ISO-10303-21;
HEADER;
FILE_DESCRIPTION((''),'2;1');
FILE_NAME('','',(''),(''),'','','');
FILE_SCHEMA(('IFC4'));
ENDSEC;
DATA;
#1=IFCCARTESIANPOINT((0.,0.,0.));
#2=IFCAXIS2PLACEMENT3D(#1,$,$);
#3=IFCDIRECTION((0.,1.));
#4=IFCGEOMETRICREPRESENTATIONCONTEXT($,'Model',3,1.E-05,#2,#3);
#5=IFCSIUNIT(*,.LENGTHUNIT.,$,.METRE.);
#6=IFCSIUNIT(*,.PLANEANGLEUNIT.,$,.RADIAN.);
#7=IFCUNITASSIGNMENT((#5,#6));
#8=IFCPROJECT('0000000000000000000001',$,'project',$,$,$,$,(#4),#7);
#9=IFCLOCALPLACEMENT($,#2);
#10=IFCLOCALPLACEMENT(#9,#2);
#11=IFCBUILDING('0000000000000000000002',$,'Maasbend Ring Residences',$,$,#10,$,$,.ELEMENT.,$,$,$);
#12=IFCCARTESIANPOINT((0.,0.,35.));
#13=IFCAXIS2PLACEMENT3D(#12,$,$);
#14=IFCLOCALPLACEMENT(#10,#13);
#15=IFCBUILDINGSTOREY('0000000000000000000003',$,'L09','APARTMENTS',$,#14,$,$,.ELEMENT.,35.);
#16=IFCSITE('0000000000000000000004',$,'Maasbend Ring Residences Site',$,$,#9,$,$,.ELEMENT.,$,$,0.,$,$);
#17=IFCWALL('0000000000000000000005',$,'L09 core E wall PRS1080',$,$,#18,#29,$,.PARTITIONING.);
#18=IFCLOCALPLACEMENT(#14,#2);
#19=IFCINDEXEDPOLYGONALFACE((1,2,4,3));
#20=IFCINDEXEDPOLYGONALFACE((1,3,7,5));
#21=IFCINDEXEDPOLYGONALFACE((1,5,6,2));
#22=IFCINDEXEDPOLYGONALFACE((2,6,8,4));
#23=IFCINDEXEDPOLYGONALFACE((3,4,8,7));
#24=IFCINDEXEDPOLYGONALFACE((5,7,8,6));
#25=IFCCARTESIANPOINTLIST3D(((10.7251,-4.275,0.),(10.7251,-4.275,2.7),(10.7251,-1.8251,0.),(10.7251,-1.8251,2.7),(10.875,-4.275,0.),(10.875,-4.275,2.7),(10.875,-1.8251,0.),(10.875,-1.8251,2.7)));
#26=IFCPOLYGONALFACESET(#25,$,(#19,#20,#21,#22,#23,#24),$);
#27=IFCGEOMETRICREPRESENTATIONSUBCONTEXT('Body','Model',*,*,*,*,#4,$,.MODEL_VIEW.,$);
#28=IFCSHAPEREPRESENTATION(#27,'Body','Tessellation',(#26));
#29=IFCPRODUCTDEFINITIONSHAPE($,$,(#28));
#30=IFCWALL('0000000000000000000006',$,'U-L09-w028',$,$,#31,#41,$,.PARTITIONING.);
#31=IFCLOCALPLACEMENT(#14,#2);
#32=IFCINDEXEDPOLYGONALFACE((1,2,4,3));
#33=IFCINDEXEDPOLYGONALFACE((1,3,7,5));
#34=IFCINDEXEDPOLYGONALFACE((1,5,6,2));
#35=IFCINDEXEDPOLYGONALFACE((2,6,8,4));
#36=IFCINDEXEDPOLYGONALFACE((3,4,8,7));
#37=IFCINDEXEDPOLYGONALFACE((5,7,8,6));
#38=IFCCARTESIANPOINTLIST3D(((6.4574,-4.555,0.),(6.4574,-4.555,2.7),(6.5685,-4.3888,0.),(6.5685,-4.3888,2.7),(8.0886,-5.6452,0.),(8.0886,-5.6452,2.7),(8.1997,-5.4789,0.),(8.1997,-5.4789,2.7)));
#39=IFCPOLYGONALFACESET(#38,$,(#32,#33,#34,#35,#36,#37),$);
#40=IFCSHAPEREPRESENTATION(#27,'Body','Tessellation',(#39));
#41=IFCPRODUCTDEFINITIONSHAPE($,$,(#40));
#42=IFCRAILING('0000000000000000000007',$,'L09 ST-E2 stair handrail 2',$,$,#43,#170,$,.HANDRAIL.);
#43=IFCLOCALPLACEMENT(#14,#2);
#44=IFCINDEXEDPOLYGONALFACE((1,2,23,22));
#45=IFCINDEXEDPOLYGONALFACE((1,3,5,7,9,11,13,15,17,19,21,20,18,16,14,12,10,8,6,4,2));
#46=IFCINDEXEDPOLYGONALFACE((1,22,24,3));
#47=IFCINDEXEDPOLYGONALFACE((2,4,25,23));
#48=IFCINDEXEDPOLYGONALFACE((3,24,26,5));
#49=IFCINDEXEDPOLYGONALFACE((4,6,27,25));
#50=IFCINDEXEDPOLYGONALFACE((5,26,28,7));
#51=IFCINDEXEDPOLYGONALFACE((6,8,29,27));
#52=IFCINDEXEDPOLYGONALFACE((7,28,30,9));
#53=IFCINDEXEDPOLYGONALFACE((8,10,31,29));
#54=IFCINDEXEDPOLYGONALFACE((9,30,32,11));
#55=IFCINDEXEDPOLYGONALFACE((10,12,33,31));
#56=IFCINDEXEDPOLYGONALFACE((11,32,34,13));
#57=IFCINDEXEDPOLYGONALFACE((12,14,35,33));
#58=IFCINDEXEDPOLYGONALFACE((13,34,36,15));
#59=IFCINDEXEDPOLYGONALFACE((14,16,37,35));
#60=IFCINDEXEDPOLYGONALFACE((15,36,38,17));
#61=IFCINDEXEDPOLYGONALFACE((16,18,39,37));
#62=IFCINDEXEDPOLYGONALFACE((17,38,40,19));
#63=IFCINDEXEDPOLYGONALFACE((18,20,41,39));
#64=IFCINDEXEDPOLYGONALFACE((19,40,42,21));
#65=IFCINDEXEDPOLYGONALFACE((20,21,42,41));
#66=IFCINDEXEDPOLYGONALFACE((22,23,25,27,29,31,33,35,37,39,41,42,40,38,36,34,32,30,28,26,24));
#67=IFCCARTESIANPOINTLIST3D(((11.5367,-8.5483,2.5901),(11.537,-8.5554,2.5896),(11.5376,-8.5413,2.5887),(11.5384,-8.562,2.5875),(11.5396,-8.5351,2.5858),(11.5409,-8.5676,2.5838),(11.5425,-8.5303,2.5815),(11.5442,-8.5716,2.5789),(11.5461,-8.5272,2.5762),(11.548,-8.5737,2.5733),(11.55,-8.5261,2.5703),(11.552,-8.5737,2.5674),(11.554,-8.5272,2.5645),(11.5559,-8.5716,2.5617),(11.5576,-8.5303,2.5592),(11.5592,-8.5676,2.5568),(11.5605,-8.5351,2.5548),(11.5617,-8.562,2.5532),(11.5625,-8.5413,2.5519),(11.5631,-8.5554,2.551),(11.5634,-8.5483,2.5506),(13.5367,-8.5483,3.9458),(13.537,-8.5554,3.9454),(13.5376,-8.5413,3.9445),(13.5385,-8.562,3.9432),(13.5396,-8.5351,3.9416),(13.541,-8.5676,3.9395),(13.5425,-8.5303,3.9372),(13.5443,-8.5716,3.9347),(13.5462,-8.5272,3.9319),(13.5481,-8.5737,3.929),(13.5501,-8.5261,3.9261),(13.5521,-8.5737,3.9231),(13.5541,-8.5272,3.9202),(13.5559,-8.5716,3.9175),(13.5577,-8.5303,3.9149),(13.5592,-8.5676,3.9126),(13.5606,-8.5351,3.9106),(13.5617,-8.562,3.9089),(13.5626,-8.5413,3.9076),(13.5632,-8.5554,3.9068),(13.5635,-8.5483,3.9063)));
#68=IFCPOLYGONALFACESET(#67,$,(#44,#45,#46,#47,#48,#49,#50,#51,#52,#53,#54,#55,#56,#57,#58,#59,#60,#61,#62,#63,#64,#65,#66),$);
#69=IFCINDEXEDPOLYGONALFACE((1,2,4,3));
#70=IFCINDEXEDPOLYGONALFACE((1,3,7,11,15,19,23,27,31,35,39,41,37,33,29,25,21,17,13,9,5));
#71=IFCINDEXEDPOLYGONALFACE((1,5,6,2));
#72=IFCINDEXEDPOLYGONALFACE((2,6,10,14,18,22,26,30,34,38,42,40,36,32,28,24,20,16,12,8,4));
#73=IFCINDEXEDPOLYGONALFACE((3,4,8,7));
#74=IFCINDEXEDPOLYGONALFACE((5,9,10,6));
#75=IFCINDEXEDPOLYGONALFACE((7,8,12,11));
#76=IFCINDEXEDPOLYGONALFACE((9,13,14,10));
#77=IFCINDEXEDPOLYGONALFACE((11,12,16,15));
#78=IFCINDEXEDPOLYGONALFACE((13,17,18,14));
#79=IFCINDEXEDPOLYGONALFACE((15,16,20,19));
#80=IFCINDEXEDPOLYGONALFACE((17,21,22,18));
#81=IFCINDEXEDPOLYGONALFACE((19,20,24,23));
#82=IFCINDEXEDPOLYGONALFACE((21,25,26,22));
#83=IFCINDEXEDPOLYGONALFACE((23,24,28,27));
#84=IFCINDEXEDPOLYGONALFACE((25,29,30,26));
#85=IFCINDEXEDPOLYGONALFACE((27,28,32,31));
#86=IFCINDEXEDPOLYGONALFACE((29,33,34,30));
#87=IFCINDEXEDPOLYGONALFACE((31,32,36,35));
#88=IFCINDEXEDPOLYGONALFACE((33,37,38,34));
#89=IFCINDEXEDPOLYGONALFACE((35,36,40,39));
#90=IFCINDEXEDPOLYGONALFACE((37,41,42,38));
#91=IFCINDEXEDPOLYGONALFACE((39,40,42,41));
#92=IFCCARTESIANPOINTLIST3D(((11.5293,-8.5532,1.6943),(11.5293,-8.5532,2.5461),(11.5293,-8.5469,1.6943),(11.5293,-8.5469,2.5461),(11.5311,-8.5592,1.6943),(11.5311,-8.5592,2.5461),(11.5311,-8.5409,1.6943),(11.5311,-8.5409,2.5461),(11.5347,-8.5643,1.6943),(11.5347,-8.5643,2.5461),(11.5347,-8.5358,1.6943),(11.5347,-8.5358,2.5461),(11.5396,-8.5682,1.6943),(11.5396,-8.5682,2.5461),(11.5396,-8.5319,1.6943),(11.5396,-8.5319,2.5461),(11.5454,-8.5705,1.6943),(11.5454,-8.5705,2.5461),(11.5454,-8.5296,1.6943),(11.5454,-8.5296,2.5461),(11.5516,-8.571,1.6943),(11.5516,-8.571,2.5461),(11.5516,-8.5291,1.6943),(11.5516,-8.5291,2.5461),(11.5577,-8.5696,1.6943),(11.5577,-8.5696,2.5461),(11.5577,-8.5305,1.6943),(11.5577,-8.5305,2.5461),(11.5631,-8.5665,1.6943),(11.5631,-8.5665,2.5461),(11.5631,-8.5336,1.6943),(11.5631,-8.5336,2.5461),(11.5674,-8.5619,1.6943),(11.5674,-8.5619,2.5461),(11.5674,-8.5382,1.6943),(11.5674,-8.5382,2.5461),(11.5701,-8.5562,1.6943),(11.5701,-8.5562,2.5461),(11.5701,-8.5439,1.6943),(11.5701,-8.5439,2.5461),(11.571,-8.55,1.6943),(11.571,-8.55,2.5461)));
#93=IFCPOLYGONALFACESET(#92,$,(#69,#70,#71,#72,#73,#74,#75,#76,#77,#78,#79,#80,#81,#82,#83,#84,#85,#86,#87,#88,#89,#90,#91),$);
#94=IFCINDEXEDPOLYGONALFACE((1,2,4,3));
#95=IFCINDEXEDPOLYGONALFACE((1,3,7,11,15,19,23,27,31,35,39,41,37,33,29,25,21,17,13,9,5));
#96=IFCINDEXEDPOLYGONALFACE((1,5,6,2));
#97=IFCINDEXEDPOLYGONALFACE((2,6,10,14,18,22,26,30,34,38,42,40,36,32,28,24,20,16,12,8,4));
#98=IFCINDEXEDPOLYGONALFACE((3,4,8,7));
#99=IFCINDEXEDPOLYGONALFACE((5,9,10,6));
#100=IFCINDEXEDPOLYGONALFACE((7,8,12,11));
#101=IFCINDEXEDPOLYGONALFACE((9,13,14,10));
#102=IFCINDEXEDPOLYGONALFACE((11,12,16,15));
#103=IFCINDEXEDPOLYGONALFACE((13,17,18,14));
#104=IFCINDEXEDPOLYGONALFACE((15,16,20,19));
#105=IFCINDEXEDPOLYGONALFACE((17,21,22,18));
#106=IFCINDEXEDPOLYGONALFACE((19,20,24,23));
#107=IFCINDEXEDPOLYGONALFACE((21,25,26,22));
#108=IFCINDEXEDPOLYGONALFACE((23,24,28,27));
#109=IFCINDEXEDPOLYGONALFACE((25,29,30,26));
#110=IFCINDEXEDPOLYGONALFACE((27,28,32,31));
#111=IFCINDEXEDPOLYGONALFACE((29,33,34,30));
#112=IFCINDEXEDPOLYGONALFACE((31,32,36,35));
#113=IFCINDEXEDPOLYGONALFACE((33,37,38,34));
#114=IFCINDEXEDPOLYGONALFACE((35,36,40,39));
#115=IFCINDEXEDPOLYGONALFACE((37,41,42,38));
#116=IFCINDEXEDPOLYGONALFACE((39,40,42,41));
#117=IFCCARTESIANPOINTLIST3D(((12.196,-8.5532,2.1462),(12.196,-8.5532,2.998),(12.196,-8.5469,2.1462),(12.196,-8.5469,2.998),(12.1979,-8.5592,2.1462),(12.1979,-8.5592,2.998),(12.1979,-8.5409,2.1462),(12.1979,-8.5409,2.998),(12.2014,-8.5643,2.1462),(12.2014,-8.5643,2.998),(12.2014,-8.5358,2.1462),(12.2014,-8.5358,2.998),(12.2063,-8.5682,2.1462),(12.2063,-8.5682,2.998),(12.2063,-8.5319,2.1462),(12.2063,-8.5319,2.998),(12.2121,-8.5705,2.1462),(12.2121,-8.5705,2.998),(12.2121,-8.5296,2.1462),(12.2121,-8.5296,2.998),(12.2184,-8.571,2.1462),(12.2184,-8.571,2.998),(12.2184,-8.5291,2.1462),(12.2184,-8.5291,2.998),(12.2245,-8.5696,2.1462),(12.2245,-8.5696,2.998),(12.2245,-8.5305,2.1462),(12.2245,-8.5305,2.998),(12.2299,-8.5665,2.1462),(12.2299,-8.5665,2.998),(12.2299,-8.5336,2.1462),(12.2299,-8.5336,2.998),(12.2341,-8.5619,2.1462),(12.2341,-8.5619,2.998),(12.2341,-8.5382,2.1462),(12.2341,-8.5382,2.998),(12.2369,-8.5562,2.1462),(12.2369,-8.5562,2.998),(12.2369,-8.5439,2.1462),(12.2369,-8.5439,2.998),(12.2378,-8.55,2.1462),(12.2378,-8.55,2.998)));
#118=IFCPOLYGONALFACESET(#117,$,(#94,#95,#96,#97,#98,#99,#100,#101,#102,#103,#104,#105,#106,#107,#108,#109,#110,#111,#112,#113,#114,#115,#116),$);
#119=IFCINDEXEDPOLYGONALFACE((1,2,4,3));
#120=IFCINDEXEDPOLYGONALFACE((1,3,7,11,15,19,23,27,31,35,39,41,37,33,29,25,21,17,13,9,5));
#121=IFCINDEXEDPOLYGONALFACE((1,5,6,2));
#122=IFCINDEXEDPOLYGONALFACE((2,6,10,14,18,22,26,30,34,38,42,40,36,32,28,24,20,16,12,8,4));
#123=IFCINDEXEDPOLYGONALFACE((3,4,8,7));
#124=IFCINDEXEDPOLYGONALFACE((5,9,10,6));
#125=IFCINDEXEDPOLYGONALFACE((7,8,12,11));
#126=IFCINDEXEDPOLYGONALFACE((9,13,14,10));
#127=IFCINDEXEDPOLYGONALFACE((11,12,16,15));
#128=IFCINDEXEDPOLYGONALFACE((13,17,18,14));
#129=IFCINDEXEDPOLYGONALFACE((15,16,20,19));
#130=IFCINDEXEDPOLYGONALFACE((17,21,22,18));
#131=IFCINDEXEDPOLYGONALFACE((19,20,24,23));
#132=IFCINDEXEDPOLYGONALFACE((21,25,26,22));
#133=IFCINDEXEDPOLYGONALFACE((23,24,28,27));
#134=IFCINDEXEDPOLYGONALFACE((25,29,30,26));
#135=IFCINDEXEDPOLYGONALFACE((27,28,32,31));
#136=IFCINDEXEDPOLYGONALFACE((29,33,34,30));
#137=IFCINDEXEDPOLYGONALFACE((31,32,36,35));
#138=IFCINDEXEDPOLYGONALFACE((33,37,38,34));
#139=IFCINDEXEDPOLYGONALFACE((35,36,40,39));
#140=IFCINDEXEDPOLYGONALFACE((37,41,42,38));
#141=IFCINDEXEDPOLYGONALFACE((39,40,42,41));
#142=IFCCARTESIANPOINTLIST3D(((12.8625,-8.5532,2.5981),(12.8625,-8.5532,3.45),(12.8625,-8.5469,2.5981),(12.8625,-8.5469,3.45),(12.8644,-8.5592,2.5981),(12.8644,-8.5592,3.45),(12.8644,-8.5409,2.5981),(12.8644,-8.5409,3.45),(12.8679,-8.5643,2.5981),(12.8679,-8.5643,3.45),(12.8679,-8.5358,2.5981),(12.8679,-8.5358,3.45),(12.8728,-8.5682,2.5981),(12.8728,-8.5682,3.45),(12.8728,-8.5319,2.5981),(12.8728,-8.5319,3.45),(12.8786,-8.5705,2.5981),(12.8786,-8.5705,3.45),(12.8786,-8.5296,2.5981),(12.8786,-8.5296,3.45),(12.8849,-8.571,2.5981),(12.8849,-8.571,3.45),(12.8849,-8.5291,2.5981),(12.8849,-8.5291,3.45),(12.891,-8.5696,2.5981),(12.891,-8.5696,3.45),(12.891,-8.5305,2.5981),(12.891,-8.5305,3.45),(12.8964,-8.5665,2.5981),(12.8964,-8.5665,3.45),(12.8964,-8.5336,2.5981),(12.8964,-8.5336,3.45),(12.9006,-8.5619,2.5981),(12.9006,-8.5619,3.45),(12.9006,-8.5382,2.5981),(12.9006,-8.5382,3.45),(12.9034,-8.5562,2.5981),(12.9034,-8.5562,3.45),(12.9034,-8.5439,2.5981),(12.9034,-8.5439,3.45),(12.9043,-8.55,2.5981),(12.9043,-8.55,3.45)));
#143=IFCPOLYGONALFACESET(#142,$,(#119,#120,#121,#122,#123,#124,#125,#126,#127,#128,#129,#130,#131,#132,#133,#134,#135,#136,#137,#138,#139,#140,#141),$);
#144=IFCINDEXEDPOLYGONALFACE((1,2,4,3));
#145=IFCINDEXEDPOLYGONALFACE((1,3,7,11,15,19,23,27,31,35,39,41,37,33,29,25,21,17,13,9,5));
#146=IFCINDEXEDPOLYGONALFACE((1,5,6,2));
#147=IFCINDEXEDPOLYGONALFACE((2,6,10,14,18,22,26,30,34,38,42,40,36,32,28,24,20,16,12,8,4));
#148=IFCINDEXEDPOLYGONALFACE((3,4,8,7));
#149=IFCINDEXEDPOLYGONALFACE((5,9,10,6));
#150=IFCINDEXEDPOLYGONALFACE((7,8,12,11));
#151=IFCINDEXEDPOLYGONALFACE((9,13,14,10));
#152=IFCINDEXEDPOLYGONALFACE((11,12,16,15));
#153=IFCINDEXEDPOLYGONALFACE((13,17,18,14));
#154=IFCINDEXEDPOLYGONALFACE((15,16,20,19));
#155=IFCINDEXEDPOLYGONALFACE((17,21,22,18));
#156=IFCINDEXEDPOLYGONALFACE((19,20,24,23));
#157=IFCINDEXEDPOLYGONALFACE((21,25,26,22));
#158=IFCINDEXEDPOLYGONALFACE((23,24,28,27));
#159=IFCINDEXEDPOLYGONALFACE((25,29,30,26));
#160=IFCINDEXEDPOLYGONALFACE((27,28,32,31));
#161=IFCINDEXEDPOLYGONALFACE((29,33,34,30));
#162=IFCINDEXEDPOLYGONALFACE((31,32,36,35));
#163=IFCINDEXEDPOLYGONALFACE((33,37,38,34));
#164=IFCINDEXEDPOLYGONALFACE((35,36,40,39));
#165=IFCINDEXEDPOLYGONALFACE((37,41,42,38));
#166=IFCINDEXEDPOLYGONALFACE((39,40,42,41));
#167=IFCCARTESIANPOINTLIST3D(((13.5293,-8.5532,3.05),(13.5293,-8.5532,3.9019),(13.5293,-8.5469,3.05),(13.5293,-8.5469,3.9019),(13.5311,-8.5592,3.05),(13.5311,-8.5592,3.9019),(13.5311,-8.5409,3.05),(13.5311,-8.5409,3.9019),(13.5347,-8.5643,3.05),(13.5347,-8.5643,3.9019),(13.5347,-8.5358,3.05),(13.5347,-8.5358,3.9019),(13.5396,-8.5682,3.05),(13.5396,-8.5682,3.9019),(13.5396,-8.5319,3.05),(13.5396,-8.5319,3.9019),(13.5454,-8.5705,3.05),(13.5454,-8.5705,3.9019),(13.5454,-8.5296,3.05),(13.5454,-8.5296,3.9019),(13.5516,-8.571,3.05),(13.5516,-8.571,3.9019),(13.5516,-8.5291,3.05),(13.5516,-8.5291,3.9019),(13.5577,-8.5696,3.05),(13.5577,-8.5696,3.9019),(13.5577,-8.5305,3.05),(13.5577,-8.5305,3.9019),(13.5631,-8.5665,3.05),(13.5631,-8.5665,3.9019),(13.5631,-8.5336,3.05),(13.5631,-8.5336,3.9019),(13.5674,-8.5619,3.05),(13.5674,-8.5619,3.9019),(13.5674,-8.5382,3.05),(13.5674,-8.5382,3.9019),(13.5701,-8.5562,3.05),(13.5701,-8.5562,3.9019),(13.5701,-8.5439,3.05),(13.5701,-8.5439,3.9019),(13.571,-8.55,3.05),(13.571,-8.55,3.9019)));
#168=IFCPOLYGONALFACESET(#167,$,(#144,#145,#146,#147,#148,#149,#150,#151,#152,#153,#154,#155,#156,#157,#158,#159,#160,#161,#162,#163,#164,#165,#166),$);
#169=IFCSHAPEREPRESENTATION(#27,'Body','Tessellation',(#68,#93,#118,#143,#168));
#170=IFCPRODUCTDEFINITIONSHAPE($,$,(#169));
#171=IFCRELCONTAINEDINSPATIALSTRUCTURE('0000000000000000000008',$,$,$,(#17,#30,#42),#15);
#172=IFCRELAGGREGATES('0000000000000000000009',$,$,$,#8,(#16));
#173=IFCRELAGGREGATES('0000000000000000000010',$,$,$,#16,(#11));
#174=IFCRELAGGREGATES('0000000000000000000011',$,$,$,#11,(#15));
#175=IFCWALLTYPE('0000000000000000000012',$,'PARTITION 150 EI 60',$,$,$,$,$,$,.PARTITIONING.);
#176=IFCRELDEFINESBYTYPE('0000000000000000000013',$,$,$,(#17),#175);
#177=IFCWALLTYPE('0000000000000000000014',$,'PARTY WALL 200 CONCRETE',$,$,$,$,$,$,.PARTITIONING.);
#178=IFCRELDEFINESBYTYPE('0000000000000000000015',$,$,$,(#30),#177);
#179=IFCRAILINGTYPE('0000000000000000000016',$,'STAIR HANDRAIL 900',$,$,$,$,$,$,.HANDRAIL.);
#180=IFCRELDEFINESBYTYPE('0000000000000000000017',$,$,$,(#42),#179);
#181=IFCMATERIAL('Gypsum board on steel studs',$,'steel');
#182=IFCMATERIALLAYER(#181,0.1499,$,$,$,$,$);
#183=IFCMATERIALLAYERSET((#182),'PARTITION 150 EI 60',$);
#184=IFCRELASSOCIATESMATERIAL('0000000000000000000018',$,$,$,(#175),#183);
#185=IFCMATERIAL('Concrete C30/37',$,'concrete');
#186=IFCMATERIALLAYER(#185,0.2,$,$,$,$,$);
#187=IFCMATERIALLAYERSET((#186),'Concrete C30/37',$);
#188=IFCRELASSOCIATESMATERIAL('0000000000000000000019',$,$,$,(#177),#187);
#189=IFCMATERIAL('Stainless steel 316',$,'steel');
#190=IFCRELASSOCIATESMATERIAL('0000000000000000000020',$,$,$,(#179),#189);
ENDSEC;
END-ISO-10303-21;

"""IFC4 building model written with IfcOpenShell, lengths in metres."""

from ifc_helpers import new_model, si_unit, direction, frame, frame_2d, origin, origin_2d, place, context, subcontext, project, spatial, rectangle, circle, extrude, material, layer, layer_set, type_object, element, save


model = new_model("IFC4")

# Units and contexts
model_context = context("Model", 3, precision=1e-05, world=origin(), true_north=direction((0.0, 1.0)))
body_context = subcontext(model_context, "Body", "Model", "MODEL_VIEW")
ifc_project = project(units=[si_unit("LENGTHUNIT", "METRE"), si_unit("PLANEANGLEUNIT", "RADIAN")], contexts=[model_context])

# Site, building, storey
site_placement = place(None, origin())
site = spatial("IfcSite", under=ifc_project, at=site_placement, Name="Maasbend Ring Residences Site", CompositionType="ELEMENT", RefElevation=0.0)
building_placement = place(site_placement, origin())
building = spatial("IfcBuilding", under=site, at=building_placement, Name="Maasbend Ring Residences", CompositionType="ELEMENT")
storey_placement = place(building_placement, frame((0.0, 0.0, 35.0)))
storey = spatial("IfcBuildingStorey", under=building, at=storey_placement, Name="L09", Description="APARTMENTS", CompositionType="ELEMENT", Elevation=35.0)

# Walls
ifc_material_1 = material(Name="Gypsum board on steel studs", Category="steel")
ifc_layer_1 = layer(ifc_material_1, 0.1499)
ifc_layer_set_1 = layer_set([ifc_layer_1], Name="PARTITION 150 EI 60")
wall_type_1 = type_object("IfcWallType", Name="PARTITION 150 EI 60", PredefinedType="PARTITIONING", material=ifc_layer_set_1)
wall_1_placement = place(storey_placement, frame((10.8, -1.825, 0.0), z_axis=(0.0, 0.0, 1.0), x_axis=(0.0, -1.0, 0.0)))
element("IfcWall", 1, at=wall_1_placement, inside=storey, type_object=wall_type_1, Name="L09 core E wall PRS1080", PredefinedType="PARTITIONING", context=body_context, shape_type="SweptSolid", body=[
    extrude(rectangle(XDim=2.45, YDim=0.1499, at=frame_2d((1.2251, 0.0))), origin(), (0.0, 0.0, 1.0), 2.7),
])
ifc_material_2 = material(Name="Concrete C30/37", Category="concrete")
ifc_layer_2 = layer(ifc_material_2, 0.2)
ifc_layer_set_2 = layer_set([ifc_layer_2], Name="Concrete C30/37")
wall_type_2 = type_object("IfcWallType", Name="PARTY WALL 200 CONCRETE", PredefinedType="PARTITIONING", material=ifc_layer_set_2)
wall_2_placement = place(storey_placement, frame((6.5129, -4.4719, 0.0), z_axis=(0.0, 0.0, 1.0), x_axis=(0.831418, -0.555648, 0.0)))
element("IfcWall", 2, at=wall_2_placement, inside=storey, type_object=wall_type_2, Name="U-L09-w028", PredefinedType="PARTITIONING", context=body_context, shape_type="SweptSolid", body=[
    extrude(rectangle(XDim=1.9619, YDim=0.2, at=frame_2d((0.981, 0.0))), origin(), (0.0, 0.0, 1.0), 2.7),
])

# Railing
ifc_material_3 = material(Name="Stainless steel 316", Category="steel")
railing_type = type_object("IfcRailingType", Name="STAIR HANDRAIL 900", PredefinedType="HANDRAIL", material=ifc_material_3)
railing_placement = place(storey_placement, frame((11.55, -8.55, 1.6943)))
element("IfcRailing", 3, at=railing_placement, inside=storey, type_object=railing_type, Name="L09 ST-E2 stair handrail 2", PredefinedType="HANDRAIL", context=body_context, shape_type="SweptSolid", body=[
    extrude(circle(Radius=0.0239, at=origin_2d()), frame((0.0, 0.0, 0.876), z_axis=(0.827751, 0.0, 0.561096), x_axis=(0.0, 1.0, 0.0)), (0.0, 0.0, 1.0), 2.4163),
    extrude(circle(Radius=0.021, at=origin_2d()), origin(), (0.0, 0.0, 1.0), 0.8518),
    extrude(circle(Radius=0.021, at=origin_2d()), frame((0.6667, 0.0, 0.4519)), (0.0, 0.0, 1.0), 0.8518),
    extrude(circle(Radius=0.021, at=origin_2d()), frame((1.3333, 0.0, 0.9038)), (0.0, 0.0, 1.0), 0.8518),
    extrude(circle(Radius=0.021, at=origin_2d()), frame((2.0, 0.0, 1.3557)), (0.0, 0.0, 1.0), 0.8518),
])

save(model, "model.ifc")
